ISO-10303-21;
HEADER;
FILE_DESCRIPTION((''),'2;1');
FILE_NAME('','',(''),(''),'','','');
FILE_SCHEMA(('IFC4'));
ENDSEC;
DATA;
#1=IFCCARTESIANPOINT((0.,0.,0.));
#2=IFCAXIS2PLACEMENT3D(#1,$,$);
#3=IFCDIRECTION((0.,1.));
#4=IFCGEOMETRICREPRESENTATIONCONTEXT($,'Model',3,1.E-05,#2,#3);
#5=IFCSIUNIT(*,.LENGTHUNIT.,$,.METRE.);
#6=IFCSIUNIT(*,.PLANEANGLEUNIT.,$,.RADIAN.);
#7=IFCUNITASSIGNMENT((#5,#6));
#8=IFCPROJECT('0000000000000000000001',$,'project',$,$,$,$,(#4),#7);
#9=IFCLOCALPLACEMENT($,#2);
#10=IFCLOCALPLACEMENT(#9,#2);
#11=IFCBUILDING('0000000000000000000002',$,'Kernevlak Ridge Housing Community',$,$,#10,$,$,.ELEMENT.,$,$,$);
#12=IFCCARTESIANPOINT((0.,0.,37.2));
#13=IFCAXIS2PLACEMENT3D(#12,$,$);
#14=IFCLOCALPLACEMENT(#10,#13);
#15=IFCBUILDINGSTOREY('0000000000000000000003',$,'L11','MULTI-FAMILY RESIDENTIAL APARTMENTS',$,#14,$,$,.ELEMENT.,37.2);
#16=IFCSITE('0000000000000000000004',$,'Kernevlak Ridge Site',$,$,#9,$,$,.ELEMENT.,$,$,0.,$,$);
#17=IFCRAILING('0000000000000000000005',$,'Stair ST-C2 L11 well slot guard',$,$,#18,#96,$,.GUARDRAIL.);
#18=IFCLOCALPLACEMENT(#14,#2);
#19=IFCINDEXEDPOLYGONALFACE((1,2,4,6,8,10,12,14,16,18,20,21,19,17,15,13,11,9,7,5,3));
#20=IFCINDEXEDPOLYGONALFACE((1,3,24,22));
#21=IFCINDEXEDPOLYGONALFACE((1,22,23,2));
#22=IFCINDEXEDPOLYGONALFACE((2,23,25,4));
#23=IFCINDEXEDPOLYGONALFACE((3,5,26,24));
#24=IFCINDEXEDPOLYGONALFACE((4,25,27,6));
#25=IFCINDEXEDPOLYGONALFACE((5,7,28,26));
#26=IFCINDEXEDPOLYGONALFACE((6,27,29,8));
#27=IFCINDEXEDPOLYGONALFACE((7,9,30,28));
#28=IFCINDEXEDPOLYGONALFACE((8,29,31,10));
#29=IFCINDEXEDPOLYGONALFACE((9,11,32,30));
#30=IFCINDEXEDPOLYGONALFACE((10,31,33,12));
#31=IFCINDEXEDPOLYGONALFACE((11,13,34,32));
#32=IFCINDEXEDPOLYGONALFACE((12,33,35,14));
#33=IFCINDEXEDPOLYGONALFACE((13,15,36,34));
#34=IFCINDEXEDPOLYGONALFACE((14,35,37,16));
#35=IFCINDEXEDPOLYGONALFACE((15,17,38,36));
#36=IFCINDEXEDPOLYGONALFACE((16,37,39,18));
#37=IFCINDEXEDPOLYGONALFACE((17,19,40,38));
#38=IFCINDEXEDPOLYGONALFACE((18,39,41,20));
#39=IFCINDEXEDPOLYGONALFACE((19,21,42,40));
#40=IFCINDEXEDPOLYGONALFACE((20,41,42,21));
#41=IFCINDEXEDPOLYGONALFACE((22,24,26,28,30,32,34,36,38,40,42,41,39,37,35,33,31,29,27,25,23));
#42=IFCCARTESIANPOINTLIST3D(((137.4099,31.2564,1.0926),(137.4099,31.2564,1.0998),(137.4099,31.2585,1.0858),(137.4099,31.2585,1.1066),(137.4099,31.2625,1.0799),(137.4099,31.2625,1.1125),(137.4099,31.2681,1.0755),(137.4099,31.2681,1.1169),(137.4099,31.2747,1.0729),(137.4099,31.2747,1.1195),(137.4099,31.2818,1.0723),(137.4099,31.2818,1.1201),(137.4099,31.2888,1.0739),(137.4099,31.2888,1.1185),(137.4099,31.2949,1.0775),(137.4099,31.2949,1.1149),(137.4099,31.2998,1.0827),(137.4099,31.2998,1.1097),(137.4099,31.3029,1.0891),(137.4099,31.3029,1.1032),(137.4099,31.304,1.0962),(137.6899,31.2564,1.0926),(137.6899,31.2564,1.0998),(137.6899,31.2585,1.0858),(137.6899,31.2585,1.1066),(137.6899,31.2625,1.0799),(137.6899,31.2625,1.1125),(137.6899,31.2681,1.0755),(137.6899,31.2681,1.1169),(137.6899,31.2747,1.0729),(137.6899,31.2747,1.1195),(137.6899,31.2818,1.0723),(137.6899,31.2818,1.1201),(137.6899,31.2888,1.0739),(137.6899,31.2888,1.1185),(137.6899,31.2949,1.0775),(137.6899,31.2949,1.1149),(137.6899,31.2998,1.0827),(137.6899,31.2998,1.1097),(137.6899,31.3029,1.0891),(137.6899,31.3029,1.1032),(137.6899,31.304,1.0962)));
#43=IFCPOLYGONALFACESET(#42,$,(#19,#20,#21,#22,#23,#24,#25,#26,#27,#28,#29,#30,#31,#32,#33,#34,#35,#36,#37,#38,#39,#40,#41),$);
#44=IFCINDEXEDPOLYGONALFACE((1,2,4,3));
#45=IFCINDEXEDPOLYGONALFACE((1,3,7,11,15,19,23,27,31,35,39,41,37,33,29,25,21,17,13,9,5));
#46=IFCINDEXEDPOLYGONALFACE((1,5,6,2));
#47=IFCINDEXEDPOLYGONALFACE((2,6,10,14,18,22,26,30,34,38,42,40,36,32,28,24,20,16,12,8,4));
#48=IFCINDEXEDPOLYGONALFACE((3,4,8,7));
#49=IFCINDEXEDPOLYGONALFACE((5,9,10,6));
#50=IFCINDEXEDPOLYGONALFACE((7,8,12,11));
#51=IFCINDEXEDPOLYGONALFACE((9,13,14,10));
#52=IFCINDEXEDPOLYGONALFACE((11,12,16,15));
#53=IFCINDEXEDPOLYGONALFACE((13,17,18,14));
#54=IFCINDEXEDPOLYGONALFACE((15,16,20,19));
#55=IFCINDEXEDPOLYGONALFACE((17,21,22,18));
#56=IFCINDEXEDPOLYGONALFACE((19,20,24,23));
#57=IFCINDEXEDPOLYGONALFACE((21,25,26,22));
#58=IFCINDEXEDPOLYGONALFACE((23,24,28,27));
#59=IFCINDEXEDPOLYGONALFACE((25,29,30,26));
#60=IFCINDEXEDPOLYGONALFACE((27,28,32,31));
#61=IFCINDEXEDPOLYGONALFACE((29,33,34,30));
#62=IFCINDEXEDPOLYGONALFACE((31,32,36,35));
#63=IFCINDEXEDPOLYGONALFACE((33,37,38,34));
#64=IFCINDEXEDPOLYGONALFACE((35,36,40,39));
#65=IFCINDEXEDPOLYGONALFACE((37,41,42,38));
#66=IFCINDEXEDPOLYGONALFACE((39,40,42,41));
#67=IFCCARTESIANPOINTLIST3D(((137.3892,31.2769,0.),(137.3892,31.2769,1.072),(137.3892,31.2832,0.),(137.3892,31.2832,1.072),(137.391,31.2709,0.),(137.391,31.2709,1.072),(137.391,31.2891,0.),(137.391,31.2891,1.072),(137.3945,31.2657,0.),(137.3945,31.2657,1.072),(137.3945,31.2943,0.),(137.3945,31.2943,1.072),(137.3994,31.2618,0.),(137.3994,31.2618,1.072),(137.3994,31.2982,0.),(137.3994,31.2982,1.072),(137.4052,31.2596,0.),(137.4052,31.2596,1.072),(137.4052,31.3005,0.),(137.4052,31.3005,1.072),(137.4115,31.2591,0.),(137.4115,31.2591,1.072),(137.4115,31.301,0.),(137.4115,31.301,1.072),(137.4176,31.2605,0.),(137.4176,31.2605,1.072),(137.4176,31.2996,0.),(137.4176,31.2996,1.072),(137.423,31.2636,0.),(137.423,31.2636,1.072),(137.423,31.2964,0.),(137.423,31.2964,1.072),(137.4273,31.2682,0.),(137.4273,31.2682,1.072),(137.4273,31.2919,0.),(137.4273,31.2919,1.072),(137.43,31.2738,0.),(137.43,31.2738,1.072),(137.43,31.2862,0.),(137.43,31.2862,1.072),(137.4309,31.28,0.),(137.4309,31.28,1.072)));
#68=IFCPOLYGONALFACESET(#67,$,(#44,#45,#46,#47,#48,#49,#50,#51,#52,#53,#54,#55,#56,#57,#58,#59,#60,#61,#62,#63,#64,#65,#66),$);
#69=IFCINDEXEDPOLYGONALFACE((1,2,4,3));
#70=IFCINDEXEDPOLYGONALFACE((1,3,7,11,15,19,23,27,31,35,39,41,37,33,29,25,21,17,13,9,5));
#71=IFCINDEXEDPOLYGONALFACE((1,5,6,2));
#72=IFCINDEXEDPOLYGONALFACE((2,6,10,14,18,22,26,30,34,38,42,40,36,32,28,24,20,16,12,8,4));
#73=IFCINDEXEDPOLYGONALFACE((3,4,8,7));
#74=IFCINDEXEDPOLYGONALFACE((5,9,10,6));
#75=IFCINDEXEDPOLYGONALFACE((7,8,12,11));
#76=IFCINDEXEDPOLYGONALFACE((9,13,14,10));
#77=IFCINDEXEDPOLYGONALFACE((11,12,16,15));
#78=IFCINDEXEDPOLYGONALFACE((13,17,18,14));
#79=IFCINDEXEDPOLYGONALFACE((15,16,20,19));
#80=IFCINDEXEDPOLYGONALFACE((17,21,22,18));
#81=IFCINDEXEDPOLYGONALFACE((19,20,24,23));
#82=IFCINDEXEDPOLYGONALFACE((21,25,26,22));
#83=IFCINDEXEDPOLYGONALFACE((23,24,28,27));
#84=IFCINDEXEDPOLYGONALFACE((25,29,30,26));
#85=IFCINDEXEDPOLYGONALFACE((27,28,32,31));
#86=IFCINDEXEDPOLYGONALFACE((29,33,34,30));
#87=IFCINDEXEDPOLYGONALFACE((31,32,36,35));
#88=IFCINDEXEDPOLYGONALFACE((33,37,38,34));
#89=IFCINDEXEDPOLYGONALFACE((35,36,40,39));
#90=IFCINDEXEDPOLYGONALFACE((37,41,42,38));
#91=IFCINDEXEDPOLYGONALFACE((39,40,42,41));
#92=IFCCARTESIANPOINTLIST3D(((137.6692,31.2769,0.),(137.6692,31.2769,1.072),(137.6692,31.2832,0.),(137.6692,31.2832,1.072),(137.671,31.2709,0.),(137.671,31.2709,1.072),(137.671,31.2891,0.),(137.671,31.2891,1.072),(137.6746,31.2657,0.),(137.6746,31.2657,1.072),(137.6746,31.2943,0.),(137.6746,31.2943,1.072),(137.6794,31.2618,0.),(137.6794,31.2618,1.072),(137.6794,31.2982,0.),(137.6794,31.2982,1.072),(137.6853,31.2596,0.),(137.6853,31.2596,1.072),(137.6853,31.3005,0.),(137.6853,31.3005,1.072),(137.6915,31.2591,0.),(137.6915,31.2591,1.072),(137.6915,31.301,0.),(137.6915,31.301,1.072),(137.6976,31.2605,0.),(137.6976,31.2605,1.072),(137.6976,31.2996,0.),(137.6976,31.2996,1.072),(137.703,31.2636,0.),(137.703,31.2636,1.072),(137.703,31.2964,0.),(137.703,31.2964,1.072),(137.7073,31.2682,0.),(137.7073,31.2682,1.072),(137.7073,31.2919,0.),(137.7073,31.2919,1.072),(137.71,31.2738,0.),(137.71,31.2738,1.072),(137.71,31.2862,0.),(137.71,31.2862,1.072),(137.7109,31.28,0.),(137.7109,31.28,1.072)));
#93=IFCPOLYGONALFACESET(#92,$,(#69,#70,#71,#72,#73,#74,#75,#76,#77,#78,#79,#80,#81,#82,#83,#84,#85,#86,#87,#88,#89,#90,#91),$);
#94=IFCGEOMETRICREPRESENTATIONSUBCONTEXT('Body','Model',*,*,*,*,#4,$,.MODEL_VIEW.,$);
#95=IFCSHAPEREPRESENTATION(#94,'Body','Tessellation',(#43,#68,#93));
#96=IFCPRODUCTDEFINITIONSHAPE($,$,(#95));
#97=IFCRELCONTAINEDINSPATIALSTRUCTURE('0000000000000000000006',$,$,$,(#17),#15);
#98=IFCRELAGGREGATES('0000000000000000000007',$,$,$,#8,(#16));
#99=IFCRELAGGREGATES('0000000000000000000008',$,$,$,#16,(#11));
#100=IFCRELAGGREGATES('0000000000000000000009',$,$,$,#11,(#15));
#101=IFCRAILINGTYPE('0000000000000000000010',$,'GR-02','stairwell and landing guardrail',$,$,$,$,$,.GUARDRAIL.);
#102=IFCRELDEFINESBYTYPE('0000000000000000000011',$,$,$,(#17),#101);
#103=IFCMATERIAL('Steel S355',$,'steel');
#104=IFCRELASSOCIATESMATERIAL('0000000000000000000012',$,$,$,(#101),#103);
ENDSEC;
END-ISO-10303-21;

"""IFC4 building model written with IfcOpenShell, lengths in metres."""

from ifc_helpers import new_model, si_unit, direction, frame, origin, origin_2d, place, context, subcontext, project, spatial, circle, extrude, material, type_object, element, save


model = new_model("IFC4")

# Units and contexts
model_context = context("Model", 3, precision=1e-05, world=origin(), true_north=direction((0.0, 1.0)))
body_context = subcontext(model_context, "Body", "Model", "MODEL_VIEW")
ifc_project = project(units=[si_unit("LENGTHUNIT", "METRE"), si_unit("PLANEANGLEUNIT", "RADIAN")], contexts=[model_context])

# Site, building, storey
site_placement = place(None, origin())
site = spatial("IfcSite", under=ifc_project, at=site_placement, Name="Kernevlak Ridge Site", CompositionType="ELEMENT", RefElevation=0.0)
building_placement = place(site_placement, origin())
building = spatial("IfcBuilding", under=site, at=building_placement, Name="Kernevlak Ridge Housing Community", CompositionType="ELEMENT")
storey_placement = place(building_placement, frame((0.0, 0.0, 37.2)))
storey = spatial("IfcBuildingStorey", under=building, at=storey_placement, Name="L11", Description="MULTI-FAMILY RESIDENTIAL APARTMENTS", CompositionType="ELEMENT", Elevation=37.2)

# Railing
ifc_material_1 = material(Name="Steel S355", Category="steel")
railing_type_1 = type_object("IfcRailingType", Name="GR-02", Description="stairwell and landing guardrail", PredefinedType="GUARDRAIL", material=ifc_material_1)
railing_1_placement = place(storey_placement, frame((137.4099, 31.28, 0.0)))
element("IfcRailing", 1, at=railing_1_placement, inside=storey, type_object=railing_type_1, Name="Stair ST-C2 L11 well slot guard", PredefinedType="GUARDRAIL", context=body_context, shape_type="SweptSolid", body=[
    extrude(circle(Radius=0.0239, at=origin_2d()), frame((0.0, 0.0, 1.0962), z_axis=(1.0, 0.0, 0.0), x_axis=(0.0, 1.0, 0.0)), (0.0, 0.0, 1.0), 0.28),
    extrude(circle(Radius=0.021, at=origin_2d()), origin(), (0.0, 0.0, 1.0), 1.072),
    extrude(circle(Radius=0.021, at=origin_2d()), frame((0.28, 0.0, 0.0)), (0.0, 0.0, 1.0), 1.072),
])

save(model, "model.ifc")
